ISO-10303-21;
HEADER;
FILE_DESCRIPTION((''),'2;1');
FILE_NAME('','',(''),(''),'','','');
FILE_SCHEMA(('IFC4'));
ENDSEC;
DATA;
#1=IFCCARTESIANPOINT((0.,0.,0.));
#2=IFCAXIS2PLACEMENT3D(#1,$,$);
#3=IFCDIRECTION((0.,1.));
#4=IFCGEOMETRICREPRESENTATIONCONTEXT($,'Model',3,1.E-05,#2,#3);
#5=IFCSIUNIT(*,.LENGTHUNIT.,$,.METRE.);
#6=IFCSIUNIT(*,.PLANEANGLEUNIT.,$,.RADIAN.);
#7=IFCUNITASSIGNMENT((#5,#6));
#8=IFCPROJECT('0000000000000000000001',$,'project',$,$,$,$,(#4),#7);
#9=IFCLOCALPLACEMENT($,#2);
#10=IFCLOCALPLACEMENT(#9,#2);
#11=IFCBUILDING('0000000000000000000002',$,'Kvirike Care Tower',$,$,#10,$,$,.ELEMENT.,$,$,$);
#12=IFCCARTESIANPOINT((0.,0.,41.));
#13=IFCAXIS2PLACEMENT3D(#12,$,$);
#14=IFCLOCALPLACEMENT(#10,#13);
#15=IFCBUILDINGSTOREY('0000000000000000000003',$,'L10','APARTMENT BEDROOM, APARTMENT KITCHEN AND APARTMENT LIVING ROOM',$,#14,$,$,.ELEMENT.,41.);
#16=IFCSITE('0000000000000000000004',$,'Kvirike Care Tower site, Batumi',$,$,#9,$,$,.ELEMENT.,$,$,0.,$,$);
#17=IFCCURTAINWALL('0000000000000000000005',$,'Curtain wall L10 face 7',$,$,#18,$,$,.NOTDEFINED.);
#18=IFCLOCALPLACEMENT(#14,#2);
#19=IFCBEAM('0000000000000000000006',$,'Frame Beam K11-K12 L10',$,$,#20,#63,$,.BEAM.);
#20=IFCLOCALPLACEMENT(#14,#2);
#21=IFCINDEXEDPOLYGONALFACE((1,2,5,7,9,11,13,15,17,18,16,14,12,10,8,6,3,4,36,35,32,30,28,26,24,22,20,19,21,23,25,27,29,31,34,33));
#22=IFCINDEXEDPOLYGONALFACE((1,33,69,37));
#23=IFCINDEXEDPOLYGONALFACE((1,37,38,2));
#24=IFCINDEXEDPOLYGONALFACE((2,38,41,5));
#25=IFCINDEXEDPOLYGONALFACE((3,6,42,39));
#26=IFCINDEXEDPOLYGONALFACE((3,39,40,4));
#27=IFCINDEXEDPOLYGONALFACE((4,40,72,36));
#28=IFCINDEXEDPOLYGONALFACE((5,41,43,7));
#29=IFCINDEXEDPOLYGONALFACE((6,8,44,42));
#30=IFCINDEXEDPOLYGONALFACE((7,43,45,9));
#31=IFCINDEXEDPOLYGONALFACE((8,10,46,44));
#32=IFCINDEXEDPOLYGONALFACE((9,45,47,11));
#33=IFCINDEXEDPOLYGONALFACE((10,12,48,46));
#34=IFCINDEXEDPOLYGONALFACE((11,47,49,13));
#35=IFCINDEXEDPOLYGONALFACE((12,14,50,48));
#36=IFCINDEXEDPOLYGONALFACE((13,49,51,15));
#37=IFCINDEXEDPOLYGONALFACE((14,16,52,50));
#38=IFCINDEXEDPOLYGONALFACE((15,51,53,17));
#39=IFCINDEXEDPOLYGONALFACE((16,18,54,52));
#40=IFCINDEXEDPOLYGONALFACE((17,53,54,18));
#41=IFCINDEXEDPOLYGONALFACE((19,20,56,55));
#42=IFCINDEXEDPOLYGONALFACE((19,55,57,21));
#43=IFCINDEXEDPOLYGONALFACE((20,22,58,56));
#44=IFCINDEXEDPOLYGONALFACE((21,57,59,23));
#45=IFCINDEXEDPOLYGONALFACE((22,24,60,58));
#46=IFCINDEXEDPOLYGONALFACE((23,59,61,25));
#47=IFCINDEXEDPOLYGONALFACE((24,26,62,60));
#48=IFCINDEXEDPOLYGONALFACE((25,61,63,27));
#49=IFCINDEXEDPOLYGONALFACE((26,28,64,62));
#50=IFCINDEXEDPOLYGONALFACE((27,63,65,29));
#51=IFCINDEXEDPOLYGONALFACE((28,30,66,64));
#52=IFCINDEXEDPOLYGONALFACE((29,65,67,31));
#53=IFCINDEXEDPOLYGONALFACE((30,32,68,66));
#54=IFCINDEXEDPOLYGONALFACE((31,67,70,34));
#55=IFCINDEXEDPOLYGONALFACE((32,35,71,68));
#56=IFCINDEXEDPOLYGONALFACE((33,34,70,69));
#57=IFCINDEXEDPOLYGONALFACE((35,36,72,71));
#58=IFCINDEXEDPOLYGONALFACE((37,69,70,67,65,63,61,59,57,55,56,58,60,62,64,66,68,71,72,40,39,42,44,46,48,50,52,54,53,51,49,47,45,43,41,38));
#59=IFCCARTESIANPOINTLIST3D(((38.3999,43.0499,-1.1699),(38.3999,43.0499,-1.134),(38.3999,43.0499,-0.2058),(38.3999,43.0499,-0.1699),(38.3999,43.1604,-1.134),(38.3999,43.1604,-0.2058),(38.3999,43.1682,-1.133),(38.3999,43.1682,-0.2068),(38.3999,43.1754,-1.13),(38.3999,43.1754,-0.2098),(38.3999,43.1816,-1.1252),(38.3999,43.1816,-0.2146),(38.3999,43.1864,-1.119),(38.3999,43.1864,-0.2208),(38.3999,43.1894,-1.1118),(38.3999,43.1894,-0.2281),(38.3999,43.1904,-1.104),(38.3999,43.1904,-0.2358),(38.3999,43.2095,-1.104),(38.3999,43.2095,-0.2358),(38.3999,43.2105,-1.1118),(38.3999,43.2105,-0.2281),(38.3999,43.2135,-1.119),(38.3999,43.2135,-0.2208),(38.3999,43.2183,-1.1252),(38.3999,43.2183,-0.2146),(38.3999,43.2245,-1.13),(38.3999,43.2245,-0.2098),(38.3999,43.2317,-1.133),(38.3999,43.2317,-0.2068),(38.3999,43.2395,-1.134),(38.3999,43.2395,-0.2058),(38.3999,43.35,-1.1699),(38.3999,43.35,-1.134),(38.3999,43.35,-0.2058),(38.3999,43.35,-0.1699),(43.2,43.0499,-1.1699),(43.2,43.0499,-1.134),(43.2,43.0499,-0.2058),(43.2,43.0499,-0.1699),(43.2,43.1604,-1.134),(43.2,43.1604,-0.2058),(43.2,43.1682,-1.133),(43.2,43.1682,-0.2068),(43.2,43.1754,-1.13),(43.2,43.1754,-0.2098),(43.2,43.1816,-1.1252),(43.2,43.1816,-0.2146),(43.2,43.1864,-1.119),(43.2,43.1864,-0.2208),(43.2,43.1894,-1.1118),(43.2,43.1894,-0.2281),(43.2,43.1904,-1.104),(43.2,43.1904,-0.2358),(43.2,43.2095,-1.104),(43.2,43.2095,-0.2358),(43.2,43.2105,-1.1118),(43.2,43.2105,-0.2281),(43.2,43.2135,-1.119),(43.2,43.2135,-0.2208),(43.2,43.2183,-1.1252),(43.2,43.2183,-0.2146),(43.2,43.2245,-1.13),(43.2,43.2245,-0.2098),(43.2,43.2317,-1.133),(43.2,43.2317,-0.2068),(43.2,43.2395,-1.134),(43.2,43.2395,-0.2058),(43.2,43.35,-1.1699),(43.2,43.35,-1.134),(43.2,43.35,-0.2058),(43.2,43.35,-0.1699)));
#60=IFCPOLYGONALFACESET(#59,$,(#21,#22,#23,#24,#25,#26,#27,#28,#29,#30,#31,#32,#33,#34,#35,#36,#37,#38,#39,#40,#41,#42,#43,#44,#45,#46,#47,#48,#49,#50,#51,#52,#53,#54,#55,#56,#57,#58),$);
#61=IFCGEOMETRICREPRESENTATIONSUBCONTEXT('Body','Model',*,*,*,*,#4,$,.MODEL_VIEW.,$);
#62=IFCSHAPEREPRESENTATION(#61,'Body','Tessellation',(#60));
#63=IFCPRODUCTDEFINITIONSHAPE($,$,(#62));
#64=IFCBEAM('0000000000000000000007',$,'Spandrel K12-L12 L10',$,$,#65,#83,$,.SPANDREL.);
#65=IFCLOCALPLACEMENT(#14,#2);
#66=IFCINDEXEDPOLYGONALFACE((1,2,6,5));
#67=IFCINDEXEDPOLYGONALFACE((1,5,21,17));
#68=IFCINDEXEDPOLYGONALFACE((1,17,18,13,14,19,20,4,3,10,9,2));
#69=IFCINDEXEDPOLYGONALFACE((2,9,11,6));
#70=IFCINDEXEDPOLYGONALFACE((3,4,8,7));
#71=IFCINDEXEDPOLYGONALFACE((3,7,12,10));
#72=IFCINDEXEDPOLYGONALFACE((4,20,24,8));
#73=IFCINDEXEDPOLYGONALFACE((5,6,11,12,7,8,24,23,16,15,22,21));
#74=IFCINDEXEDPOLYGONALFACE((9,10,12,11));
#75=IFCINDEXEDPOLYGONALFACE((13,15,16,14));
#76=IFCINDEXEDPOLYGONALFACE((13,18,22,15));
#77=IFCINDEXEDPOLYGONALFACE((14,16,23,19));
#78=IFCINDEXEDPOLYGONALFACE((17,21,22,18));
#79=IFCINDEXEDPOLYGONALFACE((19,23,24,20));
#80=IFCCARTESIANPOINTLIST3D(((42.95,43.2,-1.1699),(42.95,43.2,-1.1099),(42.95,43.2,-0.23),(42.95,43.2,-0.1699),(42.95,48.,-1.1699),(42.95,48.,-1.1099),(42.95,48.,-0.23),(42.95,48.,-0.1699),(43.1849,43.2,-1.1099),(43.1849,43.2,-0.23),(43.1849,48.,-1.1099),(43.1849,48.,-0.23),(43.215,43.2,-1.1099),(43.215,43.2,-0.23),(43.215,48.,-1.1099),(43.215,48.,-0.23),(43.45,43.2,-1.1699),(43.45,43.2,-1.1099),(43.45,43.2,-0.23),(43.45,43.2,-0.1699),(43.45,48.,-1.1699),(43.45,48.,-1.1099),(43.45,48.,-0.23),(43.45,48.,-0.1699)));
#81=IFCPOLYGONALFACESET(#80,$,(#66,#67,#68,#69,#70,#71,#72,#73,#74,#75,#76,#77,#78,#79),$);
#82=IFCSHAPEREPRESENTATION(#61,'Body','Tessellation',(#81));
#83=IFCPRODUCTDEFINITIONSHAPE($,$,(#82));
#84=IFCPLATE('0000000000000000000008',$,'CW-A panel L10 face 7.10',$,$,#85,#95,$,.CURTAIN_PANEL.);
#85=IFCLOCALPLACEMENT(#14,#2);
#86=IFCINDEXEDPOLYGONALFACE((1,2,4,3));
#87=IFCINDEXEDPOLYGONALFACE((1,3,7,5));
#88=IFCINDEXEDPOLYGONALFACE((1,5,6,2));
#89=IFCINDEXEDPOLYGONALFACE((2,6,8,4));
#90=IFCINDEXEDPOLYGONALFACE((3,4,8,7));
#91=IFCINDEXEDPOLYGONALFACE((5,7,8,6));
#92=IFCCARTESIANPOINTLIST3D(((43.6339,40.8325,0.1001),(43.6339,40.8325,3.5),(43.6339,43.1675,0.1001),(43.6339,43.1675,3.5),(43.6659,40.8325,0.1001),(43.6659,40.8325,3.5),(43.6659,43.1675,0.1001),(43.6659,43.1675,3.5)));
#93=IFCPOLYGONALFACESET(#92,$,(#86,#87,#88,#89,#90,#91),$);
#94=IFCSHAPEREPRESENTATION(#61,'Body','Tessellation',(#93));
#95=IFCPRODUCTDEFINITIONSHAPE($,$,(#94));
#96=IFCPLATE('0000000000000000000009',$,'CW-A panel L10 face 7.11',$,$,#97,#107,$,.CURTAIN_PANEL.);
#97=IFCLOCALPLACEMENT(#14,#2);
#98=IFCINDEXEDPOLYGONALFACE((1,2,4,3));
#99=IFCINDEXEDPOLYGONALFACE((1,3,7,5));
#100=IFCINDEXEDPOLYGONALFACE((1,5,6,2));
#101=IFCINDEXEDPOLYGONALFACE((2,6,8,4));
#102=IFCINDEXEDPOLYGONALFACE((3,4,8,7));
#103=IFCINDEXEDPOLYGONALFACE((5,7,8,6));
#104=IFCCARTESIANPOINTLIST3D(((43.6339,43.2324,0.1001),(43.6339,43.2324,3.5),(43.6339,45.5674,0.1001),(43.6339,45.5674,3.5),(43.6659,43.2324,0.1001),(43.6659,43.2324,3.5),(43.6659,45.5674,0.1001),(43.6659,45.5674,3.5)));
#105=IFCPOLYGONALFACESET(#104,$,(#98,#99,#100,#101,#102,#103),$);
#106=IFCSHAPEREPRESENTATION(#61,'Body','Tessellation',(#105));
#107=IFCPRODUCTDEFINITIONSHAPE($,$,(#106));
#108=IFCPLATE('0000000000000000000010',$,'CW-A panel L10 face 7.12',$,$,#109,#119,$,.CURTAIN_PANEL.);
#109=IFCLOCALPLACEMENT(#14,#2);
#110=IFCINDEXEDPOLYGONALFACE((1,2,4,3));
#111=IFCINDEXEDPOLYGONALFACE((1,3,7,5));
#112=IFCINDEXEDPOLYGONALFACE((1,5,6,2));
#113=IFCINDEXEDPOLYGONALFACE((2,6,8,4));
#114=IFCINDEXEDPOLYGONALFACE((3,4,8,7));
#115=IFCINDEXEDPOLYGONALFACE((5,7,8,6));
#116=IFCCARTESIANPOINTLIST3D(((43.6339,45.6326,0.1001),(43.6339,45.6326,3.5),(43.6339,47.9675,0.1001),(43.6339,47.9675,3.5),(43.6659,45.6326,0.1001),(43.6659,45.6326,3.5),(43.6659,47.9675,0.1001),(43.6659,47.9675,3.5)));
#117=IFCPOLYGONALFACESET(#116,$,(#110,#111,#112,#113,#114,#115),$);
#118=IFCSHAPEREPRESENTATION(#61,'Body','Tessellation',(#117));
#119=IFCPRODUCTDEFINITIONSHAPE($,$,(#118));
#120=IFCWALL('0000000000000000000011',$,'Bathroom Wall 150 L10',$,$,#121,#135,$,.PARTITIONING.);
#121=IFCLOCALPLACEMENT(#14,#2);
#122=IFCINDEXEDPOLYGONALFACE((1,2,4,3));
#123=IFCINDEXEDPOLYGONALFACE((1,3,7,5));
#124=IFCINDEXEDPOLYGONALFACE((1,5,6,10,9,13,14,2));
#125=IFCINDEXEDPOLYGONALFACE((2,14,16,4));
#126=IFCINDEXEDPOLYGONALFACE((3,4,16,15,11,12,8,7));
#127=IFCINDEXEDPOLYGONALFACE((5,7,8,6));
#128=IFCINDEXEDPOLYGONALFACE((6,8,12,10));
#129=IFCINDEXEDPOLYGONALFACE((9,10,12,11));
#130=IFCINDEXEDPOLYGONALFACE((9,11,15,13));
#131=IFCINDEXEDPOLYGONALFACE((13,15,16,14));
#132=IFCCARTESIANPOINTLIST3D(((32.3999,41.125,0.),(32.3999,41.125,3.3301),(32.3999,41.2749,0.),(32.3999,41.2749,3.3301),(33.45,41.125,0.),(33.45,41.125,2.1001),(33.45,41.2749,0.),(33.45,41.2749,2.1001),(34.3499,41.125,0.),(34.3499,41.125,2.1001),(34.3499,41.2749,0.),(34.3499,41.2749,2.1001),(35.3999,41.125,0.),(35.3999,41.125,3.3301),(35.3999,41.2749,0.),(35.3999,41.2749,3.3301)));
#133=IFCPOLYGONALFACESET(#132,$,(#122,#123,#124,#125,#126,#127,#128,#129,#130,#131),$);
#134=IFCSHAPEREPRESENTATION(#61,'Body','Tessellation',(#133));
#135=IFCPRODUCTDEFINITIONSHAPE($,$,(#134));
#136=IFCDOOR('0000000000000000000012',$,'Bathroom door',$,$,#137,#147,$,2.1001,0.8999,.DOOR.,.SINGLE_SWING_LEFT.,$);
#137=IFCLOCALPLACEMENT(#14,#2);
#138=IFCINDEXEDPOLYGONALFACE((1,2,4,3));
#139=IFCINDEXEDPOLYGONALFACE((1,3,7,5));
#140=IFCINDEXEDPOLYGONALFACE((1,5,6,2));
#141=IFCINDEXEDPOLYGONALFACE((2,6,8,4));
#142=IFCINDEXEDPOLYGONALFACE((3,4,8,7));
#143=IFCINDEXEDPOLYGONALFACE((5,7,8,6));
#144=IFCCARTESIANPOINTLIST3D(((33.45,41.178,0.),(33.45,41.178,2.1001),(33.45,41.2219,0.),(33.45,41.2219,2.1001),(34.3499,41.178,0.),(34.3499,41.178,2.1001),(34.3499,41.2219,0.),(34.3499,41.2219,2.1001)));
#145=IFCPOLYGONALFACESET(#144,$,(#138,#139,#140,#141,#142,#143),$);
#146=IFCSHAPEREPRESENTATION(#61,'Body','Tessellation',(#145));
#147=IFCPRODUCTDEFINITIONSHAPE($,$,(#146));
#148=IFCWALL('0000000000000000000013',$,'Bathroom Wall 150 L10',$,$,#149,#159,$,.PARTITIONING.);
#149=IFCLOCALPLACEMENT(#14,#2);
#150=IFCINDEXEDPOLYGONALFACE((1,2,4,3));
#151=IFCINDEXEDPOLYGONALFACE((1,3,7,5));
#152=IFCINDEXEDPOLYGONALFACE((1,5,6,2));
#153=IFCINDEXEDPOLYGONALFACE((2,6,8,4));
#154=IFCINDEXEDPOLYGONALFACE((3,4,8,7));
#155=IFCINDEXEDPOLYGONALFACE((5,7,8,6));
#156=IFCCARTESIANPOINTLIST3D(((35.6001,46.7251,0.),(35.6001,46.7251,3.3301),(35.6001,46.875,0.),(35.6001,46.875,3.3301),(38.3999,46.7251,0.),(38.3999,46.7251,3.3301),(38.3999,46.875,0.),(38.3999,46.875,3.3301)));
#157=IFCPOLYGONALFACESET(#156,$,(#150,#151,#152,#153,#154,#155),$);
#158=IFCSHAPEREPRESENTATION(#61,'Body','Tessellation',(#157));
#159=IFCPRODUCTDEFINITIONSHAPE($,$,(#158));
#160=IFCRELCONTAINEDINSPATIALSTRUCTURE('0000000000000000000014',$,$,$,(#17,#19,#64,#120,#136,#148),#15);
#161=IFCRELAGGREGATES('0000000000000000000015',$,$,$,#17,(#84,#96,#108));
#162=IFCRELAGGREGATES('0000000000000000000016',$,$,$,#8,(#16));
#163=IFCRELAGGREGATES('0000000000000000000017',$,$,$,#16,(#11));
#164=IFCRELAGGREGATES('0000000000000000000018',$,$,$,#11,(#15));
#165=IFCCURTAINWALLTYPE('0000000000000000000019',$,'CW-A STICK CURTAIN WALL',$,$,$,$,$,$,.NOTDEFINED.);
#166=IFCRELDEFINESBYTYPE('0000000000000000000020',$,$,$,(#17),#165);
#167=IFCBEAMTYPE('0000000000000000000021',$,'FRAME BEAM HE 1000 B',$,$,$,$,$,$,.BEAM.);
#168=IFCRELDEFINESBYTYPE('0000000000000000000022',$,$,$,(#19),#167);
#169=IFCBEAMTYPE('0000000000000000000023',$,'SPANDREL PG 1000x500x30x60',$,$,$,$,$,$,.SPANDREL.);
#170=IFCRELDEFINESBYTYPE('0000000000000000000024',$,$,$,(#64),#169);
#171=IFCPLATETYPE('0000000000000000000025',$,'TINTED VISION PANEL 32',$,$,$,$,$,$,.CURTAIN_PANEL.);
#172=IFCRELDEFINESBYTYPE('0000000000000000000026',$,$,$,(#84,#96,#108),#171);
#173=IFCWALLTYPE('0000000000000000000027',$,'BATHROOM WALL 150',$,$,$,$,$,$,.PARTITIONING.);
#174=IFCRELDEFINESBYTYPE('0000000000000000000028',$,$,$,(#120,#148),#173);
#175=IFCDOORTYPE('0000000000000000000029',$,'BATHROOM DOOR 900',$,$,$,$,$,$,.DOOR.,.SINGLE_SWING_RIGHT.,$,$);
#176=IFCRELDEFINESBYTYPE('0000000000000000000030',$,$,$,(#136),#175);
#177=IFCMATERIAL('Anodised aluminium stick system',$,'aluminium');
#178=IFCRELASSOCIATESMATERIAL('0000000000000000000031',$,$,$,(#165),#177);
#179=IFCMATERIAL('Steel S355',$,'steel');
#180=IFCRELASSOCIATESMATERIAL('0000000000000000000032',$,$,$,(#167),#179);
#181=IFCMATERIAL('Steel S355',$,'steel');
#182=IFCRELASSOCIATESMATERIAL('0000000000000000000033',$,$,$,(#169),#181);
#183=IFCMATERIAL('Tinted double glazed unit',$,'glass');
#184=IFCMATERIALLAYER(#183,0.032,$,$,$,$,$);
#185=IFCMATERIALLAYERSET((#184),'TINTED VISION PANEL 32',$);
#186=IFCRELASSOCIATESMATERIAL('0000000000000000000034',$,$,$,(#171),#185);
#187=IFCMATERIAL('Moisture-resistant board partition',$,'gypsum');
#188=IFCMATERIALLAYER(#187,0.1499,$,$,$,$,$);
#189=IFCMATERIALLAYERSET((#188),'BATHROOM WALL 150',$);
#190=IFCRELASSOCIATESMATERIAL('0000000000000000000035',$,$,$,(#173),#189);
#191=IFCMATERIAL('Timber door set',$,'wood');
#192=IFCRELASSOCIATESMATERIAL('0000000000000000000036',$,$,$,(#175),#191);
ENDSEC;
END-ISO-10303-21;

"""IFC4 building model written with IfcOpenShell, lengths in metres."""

from ifc_helpers import new_model, si_unit, direction, frame, frame_2d, origin, origin_2d, place, context, subcontext, project, spatial, rectangle, i_section, extrude, material, layer, layer_set, material_profile, profile_set, type_object, element, fill, aggregate, save


model = new_model("IFC4")

# Units and contexts
model_context = context("Model", 3, precision=1e-05, world=origin(), true_north=direction((0.0, 1.0)))
body_context = subcontext(model_context, "Body", "Model", "MODEL_VIEW")
ifc_project = project(units=[si_unit("LENGTHUNIT", "METRE"), si_unit("PLANEANGLEUNIT", "RADIAN")], contexts=[model_context])

# Site, building, storey
site_placement = place(None, origin())
site = spatial("IfcSite", under=ifc_project, at=site_placement, Name="Kvirike Care Tower site, Batumi", CompositionType="ELEMENT", RefElevation=0.0)
building_placement = place(site_placement, origin())
building = spatial("IfcBuilding", under=site, at=building_placement, Name="Kvirike Care Tower", CompositionType="ELEMENT")
storey_placement = place(building_placement, frame((0.0, 0.0, 41.0)))
storey = spatial("IfcBuildingStorey", under=building, at=storey_placement, Name="L10", Description="APARTMENT BEDROOM, APARTMENT KITCHEN AND APARTMENT LIVING ROOM", CompositionType="ELEMENT", Elevation=41.0)

# Curtain wall
ifc_material_1 = material(Name="Anodised aluminium stick system", Category="aluminium")
curtain_wall_type = type_object("IfcCurtainWallType", Name="CW-A STICK CURTAIN WALL", PredefinedType="NOTDEFINED", material=ifc_material_1)
curtain_wall_placement = place(storey_placement, origin())
curtain_wall = element("IfcCurtainWall", 1, at=curtain_wall_placement, inside=storey, type_object=curtain_wall_type, Name="Curtain wall L10 face 7", PredefinedType="NOTDEFINED")

# Beams
ifc_material_2 = material(Name="Steel S355", Category="steel")
ifc_material_profile_1 = material_profile(ifc_material_2, i_section(OverallWidth=0.3, OverallDepth=1.0, WebThickness=0.019, FlangeThickness=0.0359, FilletRadius=0.03, at=origin_2d()), Name="HE 1000 B")
ifc_profile_set_1 = profile_set([ifc_material_profile_1], Name="Steel S355")
beam_type_1 = type_object("IfcBeamType", Name="FRAME BEAM HE 1000 B", PredefinedType="BEAM", material=ifc_profile_set_1)
beam_1_placement = place(storey_placement, frame((38.3999, 43.2, -0.6699), z_axis=(1.0, 0.0, 0.0), x_axis=(0.0, 1.0, 0.0)))
element("IfcBeam", 2, at=beam_1_placement, inside=storey, type_object=beam_type_1, Name="Frame Beam K11-K12 L10", PredefinedType="BEAM", context=body_context, shape_type="SweptSolid", body=[
    extrude(i_section(OverallWidth=0.3, OverallDepth=1.0, WebThickness=0.019, FlangeThickness=0.0359, FilletRadius=0.03, at=origin_2d()), origin(), (0.0, 0.0, 1.0), 4.8),
])
ifc_material_3 = material(Name="Steel S355", Category="steel")
ifc_material_profile_2 = material_profile(ifc_material_3, i_section(OverallWidth=0.5, OverallDepth=1.0, WebThickness=0.03, FlangeThickness=0.0601, at=origin_2d()), Name="PG 1000x500x30x60")
ifc_profile_set_2 = profile_set([ifc_material_profile_2], Name="Steel S355")
beam_type_2 = type_object("IfcBeamType", Name="SPANDREL PG 1000x500x30x60", PredefinedType="SPANDREL", material=ifc_profile_set_2)
beam_2_placement = place(storey_placement, frame((43.2, 43.2, -0.6699), z_axis=(0.0, 1.0, 0.0), x_axis=(-1.0, 0.0, 0.0)))
element("IfcBeam", 3, at=beam_2_placement, inside=storey, type_object=beam_type_2, Name="Spandrel K12-L12 L10", PredefinedType="SPANDREL", context=body_context, shape_type="SweptSolid", body=[
    extrude(i_section(OverallWidth=0.5, OverallDepth=1.0, WebThickness=0.03, FlangeThickness=0.0601, at=origin_2d()), origin(), (0.0, 0.0, 1.0), 4.8),
])

# Plates
ifc_material_4 = material(Name="Tinted double glazed unit", Category="glass")
ifc_layer_1 = layer(ifc_material_4, 0.032)
ifc_layer_set_1 = layer_set([ifc_layer_1], Name="TINTED VISION PANEL 32")
plate_type = type_object("IfcPlateType", Name="TINTED VISION PANEL 32", PredefinedType="CURTAIN_PANEL", material=ifc_layer_set_1)
plate_1_placement = place(storey_placement, frame((43.6499, 42.0, 0.1001), z_axis=(0.0, 0.0, 1.0), x_axis=(0.0, 1.0, 0.0)))
plate_1 = element("IfcPlate", 4, at=plate_1_placement, type_object=plate_type, Name="CW-A panel L10 face 7.10", PredefinedType="CURTAIN_PANEL", context=body_context, shape_type="SweptSolid", body=[
    extrude(rectangle(XDim=2.335, YDim=0.032, at=origin_2d()), origin(), (0.0, 0.0, 1.0), 3.3999),
])
plate_2_placement = place(storey_placement, frame((43.6499, 44.3999, 0.1001), z_axis=(0.0, 0.0, 1.0), x_axis=(0.0, 1.0, 0.0)))
plate_2 = element("IfcPlate", 5, at=plate_2_placement, type_object=plate_type, Name="CW-A panel L10 face 7.11", PredefinedType="CURTAIN_PANEL", context=body_context, shape_type="SweptSolid", body=[
    extrude(rectangle(XDim=2.335, YDim=0.032, at=origin_2d()), origin(), (0.0, 0.0, 1.0), 3.3999),
])
plate_3_placement = place(storey_placement, frame((43.6499, 46.8, 0.1001), z_axis=(0.0, 0.0, 1.0), x_axis=(0.0, 1.0, 0.0)))
plate_3 = element("IfcPlate", 6, at=plate_3_placement, type_object=plate_type, Name="CW-A panel L10 face 7.12", PredefinedType="CURTAIN_PANEL", context=body_context, shape_type="SweptSolid", body=[
    extrude(rectangle(XDim=2.335, YDim=0.032, at=origin_2d()), origin(), (0.0, 0.0, 1.0), 3.3999),
])
aggregate(curtain_wall, [plate_1, plate_2, plate_3])

# Wall, opening, door
ifc_material_5 = material(Name="Moisture-resistant board partition", Category="gypsum")
ifc_layer_2 = layer(ifc_material_5, 0.1499)
ifc_layer_set_2 = layer_set([ifc_layer_2], Name="BATHROOM WALL 150")
wall_type_1 = type_object("IfcWallType", Name="BATHROOM WALL 150", PredefinedType="PARTITIONING", material=ifc_layer_set_2)
wall_1_placement = place(storey_placement, frame((35.3999, 41.2, 0.0), z_axis=(0.0, 0.0, 1.0), x_axis=(-1.0, 0.0, 0.0)))
wall_1 = element("IfcWall", 7, at=wall_1_placement, inside=storey, type_object=wall_type_1, Name="Bathroom Wall 150 L10", PredefinedType="PARTITIONING", context=body_context, shape_type="SweptSolid", body=[
    extrude(rectangle(XDim=3.0, YDim=0.1499, at=frame_2d((1.5, 0.0))), origin(), (0.0, 0.0, 1.0), 3.3301),
])
opening_1_placement = place(wall_1_placement, frame((1.05, 0.0, 0.0)))
opening_1 = element("IfcOpeningElement", 8, at=opening_1_placement, cuts=wall_1, PredefinedType="OPENING", context=body_context, shape_type="SweptSolid", body=[
    extrude(rectangle(XDim=0.8999, YDim=2.1001, at=frame_2d((0.45, 1.05))), frame((0.0, 0.0854, 0.0), z_axis=(0.0, -1.0, 0.0), x_axis=(1.0, 0.0, 0.0)), (0.0, 0.0, 1.0), 0.1709),
])
ifc_material_6 = material(Name="Timber door set", Category="wood")
door_type_1 = type_object("IfcDoorType", Name="BATHROOM DOOR 900", OperationType="SINGLE_SWING_RIGHT", PredefinedType="DOOR", material=ifc_material_6)
door_1_placement = place(opening_1_placement, origin())
door_1 = element("IfcDoor", 9, at=door_1_placement, inside=storey, type_object=door_type_1, Name="Bathroom door", OperationType="SINGLE_SWING_LEFT", OverallHeight=2.1001, OverallWidth=0.8999, PredefinedType="DOOR", context=body_context, shape_type="SweptSolid", body=[
    extrude(rectangle(XDim=0.8999, YDim=2.1001, at=frame_2d((0.45, 1.05))), frame((0.0, 0.022, 0.0), z_axis=(0.0, -1.0, 0.0), x_axis=(1.0, 0.0, 0.0)), (0.0, 0.0, 1.0), 0.0439),
])
fill(opening_1, door_1)

# Wall
wall_2_placement = place(storey_placement, frame((38.3999, 46.8, 0.0), z_axis=(0.0, 0.0, 1.0), x_axis=(-1.0, 0.0, 0.0)))
element("IfcWall", 10, at=wall_2_placement, inside=storey, type_object=wall_type_1, Name="Bathroom Wall 150 L10", PredefinedType="PARTITIONING", context=body_context, shape_type="SweptSolid", body=[
    extrude(rectangle(XDim=2.7998, YDim=0.1499, at=frame_2d((1.3999, 0.0))), origin(), (0.0, 0.0, 1.0), 3.3301),
])

save(model, "model.ifc")
